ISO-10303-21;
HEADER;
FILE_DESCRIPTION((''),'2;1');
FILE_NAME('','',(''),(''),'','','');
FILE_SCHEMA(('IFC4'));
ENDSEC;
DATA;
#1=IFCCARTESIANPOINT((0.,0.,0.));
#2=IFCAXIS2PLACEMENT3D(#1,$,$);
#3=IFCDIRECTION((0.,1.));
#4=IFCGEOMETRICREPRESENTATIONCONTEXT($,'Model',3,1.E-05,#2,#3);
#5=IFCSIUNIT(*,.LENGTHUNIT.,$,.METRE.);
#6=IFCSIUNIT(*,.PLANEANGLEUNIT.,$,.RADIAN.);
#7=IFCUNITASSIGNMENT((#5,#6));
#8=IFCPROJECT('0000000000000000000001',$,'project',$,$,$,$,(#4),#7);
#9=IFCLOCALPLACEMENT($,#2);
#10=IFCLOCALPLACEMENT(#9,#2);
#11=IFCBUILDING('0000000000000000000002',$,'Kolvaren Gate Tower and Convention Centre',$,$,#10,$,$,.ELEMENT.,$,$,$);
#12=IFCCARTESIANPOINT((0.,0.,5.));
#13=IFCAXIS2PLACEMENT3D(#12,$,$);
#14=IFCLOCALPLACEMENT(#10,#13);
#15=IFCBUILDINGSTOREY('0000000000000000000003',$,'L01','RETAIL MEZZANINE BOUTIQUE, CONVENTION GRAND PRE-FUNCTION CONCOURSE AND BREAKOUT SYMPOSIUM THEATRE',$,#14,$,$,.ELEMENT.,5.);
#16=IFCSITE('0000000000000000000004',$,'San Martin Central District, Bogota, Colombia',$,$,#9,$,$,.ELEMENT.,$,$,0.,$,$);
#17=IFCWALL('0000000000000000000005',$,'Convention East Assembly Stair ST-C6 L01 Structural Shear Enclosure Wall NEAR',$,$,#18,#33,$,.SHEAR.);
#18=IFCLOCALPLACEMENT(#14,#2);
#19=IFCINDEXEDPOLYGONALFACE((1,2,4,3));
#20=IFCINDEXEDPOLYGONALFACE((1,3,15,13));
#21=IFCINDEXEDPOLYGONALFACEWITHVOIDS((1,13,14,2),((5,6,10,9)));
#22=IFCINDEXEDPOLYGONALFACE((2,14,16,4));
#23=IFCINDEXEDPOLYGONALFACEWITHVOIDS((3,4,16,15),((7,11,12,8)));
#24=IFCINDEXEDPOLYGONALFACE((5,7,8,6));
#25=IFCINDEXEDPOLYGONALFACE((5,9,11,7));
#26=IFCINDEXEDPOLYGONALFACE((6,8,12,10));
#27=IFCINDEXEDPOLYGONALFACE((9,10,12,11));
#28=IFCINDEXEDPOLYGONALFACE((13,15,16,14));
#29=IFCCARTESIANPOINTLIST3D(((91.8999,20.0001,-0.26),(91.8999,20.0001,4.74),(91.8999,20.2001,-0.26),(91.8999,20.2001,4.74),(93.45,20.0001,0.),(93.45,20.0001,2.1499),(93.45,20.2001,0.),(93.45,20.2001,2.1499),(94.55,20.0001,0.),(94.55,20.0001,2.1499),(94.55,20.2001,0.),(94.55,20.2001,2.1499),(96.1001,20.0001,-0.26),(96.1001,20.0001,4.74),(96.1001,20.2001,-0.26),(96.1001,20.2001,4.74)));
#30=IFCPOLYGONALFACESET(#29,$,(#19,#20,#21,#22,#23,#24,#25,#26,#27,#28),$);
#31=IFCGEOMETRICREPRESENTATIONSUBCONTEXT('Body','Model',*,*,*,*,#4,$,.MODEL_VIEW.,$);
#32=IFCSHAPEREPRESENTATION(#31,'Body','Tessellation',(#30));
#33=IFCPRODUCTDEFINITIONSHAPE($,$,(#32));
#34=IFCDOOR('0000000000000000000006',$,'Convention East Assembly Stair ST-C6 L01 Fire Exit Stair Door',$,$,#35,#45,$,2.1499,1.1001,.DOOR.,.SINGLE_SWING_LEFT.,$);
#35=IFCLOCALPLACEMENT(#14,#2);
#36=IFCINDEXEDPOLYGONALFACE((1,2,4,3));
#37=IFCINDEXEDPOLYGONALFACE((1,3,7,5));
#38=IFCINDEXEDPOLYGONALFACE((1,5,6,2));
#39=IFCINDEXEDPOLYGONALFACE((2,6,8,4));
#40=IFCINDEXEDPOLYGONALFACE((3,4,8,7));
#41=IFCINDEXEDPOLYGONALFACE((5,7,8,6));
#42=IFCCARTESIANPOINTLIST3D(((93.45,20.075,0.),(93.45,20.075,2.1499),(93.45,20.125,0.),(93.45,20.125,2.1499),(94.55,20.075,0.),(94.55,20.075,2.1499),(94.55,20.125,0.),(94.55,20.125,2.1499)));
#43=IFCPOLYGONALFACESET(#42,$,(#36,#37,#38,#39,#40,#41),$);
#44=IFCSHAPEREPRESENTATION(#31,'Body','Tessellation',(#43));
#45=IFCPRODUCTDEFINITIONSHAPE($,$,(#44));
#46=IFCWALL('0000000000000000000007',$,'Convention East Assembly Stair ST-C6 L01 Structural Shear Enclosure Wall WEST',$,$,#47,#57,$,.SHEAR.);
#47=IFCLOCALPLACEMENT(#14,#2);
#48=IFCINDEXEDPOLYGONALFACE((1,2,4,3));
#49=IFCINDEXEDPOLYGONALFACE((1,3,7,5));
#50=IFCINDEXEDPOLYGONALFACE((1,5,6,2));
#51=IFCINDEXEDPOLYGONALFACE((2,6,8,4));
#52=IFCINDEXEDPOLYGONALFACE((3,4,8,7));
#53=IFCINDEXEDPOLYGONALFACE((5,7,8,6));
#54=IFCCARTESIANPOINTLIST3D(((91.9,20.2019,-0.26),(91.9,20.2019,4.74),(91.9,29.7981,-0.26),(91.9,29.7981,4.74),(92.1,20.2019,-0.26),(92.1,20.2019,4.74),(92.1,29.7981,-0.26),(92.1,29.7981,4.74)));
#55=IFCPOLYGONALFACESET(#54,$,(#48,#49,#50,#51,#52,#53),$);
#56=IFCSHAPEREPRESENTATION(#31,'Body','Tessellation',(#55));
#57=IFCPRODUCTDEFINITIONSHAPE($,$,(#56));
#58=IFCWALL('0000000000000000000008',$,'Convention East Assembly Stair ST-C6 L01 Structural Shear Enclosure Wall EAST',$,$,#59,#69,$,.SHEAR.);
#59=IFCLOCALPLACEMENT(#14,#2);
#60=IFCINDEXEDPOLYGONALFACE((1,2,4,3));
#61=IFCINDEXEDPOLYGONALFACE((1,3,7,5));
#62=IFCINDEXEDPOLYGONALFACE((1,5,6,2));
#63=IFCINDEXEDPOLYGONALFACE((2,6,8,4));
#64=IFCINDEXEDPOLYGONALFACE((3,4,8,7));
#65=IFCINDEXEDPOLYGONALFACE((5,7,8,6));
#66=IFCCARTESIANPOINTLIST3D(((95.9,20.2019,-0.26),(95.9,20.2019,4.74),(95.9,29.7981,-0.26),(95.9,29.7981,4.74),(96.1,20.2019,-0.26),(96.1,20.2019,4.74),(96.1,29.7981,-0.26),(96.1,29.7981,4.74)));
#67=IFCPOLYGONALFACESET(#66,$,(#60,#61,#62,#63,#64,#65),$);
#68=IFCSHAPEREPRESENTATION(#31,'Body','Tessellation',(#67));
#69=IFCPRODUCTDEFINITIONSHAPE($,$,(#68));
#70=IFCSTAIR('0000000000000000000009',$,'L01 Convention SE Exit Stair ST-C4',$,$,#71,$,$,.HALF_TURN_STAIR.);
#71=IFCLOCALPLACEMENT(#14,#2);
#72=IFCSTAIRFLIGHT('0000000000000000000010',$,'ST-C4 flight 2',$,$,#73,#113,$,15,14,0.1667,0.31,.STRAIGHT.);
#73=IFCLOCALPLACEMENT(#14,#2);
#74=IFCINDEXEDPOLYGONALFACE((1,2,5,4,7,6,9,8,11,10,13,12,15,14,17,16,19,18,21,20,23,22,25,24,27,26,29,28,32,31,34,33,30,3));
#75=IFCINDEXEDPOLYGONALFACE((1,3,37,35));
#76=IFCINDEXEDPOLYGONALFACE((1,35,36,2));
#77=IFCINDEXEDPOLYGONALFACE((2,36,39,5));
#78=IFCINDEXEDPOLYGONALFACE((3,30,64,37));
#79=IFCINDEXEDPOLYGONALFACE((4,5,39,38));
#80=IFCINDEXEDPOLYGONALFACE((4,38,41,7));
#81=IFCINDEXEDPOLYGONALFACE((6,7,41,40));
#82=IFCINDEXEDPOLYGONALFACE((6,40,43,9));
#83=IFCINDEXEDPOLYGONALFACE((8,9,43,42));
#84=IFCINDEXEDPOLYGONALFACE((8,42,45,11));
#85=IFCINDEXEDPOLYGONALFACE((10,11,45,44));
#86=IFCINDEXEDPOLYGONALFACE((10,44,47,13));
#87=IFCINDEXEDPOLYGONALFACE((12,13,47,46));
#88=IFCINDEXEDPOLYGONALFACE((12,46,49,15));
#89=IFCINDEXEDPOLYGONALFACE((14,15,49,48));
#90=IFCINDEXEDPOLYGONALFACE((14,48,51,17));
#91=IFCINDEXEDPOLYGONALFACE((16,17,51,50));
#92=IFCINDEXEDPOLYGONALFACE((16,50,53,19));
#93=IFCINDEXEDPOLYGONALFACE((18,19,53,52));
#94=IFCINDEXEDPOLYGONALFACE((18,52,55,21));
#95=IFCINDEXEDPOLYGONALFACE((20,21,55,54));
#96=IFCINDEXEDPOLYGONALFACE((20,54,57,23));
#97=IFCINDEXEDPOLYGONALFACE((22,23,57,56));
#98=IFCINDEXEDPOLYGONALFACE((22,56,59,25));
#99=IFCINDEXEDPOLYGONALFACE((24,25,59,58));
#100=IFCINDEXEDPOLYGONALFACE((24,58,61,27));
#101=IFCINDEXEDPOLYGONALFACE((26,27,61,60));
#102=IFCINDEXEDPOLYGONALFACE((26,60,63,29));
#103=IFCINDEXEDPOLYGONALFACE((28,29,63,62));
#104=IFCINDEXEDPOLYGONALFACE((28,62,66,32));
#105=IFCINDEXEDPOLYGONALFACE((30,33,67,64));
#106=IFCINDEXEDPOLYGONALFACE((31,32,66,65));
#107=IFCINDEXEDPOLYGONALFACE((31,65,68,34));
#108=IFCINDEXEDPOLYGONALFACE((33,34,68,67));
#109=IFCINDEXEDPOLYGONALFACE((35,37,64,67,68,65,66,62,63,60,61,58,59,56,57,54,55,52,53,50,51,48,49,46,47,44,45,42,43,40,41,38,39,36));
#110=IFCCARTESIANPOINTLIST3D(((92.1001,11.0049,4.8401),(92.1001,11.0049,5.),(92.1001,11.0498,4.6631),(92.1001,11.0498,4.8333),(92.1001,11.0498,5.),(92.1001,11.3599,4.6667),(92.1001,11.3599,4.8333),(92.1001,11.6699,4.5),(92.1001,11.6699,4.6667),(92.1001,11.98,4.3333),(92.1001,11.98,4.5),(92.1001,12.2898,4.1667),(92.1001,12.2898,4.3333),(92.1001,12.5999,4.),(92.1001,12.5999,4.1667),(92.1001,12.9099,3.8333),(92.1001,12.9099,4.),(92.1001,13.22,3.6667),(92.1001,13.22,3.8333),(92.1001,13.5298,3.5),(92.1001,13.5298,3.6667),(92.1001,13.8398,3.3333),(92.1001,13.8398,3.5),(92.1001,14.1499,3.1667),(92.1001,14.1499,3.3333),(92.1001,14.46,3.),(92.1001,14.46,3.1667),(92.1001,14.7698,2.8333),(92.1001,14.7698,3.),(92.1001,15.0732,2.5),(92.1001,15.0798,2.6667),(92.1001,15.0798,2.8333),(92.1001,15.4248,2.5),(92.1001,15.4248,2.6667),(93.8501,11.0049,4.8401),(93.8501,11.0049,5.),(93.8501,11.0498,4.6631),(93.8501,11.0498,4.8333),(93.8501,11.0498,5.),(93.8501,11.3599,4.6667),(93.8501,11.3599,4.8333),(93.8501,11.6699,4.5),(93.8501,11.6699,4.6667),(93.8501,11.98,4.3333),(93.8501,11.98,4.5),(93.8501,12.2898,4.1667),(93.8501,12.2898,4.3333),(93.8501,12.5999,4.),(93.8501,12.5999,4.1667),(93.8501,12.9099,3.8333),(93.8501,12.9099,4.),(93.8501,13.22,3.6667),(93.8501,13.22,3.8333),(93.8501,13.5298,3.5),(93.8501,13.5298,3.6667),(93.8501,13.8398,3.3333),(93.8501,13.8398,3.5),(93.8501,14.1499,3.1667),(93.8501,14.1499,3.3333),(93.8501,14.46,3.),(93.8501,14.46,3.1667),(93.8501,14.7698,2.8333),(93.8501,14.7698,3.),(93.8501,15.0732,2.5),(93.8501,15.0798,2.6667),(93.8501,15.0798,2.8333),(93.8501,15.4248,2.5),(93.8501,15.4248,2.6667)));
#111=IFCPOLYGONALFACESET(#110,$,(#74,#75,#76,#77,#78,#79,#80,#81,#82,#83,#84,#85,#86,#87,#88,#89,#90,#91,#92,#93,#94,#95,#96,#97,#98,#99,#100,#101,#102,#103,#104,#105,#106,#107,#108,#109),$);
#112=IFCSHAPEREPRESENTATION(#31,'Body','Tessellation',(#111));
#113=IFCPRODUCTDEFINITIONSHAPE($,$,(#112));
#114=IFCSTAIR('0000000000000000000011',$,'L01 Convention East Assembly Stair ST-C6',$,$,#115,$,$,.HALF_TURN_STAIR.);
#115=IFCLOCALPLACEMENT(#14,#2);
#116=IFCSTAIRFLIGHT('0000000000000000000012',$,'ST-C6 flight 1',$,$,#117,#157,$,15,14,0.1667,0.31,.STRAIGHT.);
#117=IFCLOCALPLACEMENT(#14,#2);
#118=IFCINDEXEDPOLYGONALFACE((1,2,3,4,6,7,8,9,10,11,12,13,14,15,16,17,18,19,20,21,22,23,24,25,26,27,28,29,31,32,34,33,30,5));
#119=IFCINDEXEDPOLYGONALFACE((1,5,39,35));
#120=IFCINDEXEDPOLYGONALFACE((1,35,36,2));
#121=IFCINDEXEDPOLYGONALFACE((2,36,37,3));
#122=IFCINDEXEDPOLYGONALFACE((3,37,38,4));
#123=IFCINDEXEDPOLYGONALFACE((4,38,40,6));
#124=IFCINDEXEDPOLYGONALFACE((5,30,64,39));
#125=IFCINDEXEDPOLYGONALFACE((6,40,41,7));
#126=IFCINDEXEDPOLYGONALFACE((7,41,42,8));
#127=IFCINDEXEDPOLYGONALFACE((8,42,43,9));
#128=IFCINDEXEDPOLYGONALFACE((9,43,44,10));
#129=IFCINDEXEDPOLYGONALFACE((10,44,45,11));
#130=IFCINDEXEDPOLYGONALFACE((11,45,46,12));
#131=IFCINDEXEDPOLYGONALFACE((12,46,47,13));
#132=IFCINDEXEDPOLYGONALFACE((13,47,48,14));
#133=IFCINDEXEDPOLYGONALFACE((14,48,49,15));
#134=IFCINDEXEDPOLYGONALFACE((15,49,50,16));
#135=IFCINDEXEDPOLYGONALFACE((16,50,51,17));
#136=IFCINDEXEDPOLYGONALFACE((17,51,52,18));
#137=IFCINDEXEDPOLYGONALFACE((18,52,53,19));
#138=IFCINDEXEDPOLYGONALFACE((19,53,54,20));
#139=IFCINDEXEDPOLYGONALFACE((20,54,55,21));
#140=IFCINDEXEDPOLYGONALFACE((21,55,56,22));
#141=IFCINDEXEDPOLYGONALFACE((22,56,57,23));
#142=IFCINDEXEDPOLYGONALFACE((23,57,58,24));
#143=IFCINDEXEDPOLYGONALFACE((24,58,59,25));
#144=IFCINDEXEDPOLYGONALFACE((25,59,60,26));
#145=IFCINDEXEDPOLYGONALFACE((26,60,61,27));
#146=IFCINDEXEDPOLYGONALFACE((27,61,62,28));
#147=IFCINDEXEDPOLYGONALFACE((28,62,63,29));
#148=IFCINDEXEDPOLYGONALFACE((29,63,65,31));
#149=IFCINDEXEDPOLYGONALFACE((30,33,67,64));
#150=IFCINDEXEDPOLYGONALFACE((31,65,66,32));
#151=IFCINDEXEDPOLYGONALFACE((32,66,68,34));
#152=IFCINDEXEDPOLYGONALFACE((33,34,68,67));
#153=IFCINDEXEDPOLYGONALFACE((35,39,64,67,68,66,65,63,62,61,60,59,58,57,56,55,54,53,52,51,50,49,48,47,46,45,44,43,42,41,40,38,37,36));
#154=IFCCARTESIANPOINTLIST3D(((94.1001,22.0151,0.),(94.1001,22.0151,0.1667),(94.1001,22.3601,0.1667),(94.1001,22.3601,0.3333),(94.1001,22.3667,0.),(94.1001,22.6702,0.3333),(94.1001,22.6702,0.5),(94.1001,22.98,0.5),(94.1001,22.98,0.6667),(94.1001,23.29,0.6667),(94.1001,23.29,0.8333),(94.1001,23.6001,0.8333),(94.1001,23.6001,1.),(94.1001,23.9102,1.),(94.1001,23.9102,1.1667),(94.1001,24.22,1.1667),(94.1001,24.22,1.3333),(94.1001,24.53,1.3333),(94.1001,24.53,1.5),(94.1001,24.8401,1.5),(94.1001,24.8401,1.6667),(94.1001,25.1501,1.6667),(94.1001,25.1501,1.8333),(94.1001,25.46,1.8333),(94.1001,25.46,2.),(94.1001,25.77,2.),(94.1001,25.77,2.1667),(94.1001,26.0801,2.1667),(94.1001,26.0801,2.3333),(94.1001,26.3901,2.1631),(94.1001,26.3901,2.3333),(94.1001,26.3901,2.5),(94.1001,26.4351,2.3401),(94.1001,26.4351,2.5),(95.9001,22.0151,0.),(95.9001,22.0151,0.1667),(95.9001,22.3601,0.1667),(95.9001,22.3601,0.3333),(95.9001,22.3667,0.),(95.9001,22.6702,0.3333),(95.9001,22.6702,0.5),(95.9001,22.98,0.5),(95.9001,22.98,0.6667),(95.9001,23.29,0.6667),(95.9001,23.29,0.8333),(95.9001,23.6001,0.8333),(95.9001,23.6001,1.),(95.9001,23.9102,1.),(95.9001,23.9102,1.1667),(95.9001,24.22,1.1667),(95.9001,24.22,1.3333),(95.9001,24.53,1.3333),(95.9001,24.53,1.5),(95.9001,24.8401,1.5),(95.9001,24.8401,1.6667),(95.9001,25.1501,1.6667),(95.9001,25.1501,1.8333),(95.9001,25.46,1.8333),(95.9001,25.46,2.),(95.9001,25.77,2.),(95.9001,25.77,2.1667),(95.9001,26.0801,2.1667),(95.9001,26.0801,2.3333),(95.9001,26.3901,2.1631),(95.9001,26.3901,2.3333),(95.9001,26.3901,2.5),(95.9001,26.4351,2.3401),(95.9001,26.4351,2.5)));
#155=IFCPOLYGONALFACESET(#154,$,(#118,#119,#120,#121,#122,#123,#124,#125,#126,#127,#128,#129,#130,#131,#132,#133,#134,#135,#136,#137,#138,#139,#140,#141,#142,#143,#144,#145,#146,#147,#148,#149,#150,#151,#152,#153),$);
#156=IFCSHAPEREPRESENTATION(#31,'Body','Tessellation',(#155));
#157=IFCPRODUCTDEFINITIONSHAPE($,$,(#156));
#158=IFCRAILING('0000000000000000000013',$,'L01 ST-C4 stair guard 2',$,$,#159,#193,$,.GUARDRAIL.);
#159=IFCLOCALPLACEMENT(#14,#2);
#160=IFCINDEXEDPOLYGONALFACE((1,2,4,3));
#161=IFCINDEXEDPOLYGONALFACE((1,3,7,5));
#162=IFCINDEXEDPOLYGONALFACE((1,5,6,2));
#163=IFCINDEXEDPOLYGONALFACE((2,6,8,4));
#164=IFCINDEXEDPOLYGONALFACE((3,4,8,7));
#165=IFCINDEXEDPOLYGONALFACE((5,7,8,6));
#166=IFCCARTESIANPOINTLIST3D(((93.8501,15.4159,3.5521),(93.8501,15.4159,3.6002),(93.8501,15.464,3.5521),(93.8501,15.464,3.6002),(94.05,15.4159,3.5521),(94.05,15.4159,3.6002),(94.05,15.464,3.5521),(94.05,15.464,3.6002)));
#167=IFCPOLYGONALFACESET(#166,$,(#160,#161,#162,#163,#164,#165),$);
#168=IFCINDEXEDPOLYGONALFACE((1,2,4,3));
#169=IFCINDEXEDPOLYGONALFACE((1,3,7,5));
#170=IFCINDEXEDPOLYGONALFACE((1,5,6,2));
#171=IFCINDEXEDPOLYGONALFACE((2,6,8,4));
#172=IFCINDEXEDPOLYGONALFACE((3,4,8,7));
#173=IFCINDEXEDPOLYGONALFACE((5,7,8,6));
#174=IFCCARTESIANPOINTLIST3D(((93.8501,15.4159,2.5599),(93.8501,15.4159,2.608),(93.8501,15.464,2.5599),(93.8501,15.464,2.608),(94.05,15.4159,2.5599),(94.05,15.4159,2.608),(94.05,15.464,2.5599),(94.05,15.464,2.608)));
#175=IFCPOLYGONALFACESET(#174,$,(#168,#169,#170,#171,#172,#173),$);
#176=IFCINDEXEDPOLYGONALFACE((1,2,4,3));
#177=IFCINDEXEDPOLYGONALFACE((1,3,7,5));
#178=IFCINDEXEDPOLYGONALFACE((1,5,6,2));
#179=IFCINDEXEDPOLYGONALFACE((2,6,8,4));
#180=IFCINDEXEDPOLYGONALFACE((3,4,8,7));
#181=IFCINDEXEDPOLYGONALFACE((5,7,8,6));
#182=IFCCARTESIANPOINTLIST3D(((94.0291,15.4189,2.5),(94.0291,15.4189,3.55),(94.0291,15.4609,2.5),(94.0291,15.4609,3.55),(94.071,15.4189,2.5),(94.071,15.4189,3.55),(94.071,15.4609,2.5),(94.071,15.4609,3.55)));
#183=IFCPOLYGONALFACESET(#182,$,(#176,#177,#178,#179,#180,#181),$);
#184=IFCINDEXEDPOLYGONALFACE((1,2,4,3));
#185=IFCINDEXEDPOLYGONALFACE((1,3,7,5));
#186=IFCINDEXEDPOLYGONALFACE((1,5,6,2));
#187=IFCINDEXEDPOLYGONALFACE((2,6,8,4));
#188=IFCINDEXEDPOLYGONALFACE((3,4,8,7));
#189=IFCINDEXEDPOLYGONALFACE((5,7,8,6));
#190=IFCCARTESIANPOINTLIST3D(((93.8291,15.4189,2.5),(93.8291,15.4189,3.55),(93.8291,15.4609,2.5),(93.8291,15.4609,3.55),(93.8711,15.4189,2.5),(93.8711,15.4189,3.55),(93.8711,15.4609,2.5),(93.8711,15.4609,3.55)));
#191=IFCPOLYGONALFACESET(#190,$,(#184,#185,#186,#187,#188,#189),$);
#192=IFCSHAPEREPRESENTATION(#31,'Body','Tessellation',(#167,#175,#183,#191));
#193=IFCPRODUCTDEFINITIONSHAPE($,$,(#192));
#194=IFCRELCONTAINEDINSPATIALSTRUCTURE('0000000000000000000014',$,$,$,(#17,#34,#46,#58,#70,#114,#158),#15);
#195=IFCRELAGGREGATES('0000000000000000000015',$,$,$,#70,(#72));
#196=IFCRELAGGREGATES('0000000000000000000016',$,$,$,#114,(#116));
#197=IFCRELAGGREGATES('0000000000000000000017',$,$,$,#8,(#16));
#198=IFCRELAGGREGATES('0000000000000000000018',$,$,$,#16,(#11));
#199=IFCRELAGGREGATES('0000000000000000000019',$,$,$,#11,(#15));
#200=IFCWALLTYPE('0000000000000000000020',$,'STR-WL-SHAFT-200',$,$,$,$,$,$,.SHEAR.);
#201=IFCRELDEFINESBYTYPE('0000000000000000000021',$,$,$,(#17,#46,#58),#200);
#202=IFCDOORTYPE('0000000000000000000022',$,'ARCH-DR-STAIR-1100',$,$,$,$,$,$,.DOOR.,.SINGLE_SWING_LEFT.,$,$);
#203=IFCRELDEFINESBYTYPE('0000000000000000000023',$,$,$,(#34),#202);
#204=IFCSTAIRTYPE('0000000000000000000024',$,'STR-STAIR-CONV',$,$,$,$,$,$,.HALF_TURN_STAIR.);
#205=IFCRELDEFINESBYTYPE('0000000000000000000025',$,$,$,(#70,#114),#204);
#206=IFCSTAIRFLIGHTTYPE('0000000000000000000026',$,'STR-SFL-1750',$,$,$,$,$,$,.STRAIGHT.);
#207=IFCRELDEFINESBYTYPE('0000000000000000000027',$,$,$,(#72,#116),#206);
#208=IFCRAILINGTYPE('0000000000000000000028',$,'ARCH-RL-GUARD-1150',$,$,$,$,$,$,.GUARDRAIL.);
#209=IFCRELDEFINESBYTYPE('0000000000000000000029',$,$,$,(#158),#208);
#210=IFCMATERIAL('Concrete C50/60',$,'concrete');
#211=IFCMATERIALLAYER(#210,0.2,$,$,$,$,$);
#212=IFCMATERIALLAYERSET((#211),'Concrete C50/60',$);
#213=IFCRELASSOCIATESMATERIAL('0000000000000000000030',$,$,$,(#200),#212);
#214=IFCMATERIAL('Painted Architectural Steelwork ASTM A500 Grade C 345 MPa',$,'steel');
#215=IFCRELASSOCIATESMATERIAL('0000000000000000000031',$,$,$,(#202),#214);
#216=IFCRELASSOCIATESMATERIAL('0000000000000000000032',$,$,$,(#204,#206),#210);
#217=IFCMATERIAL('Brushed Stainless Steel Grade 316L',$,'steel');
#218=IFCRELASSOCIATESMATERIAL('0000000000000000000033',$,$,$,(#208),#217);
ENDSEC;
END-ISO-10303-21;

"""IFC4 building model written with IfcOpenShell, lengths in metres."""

from ifc_helpers import new_model, si_unit, direction, frame, frame_2d, origin, origin_2d, place, context, subcontext, project, spatial, polyline, rectangle, outline, extrude, material, layer, layer_set, type_object, element, fill, aggregate, save


model = new_model("IFC4")

# Units and contexts
model_context = context("Model", 3, precision=1e-05, world=origin(), true_north=direction((0.0, 1.0)))
body_context = subcontext(model_context, "Body", "Model", "MODEL_VIEW")
ifc_project = project(units=[si_unit("LENGTHUNIT", "METRE"), si_unit("PLANEANGLEUNIT", "RADIAN")], contexts=[model_context])

# Site, building, storey
site_placement = place(None, origin())
site = spatial("IfcSite", under=ifc_project, at=site_placement, Name="San Martin Central District, Bogota, Colombia", CompositionType="ELEMENT", RefElevation=0.0)
building_placement = place(site_placement, origin())
building = spatial("IfcBuilding", under=site, at=building_placement, Name="Kolvaren Gate Tower and Convention Centre", CompositionType="ELEMENT")
storey_placement = place(building_placement, frame((0.0, 0.0, 5.0)))
storey = spatial("IfcBuildingStorey", under=building, at=storey_placement, Name="L01", Description="RETAIL MEZZANINE BOUTIQUE, CONVENTION GRAND PRE-FUNCTION CONCOURSE AND BREAKOUT SYMPOSIUM THEATRE", CompositionType="ELEMENT", Elevation=5.0)

# Shared definitions
ifc_material_1 = material(Name="Concrete C50/60", Category="concrete")
ifc_layer_1 = layer(ifc_material_1, 0.2)
ifc_layer_set_1 = layer_set([ifc_layer_1], Name="Concrete C50/60")
wall_type_1 = type_object("IfcWallType", Name="STR-WL-SHAFT-200", PredefinedType="SHEAR", material=ifc_layer_set_1)

# Wall, opening, door
wall_1_placement = place(storey_placement, frame((91.8999, 20.1001, -0.26), z_axis=(0.0, 0.0, 1.0), x_axis=(1.0, 0.0, 0.0)))
wall_1 = element("IfcWall", 1, at=wall_1_placement, inside=storey, type_object=wall_type_1, Name="Convention East Assembly Stair ST-C6 L01 Structural Shear Enclosure Wall NEAR", PredefinedType="SHEAR", context=body_context, shape_type="SweptSolid", body=[
    extrude(rectangle(XDim=4.2002, YDim=0.2, at=frame_2d((2.1001, 0.0))), origin(), (0.0, 0.0, 1.0), 5.0),
])
opening_placement = place(wall_1_placement, frame((1.55, 0.0, 0.26)))
opening = element("IfcOpeningElement", 2, at=opening_placement, cuts=wall_1, PredefinedType="OPENING", context=body_context, shape_type="SweptSolid", body=[
    extrude(rectangle(XDim=1.1001, YDim=2.1499, at=frame_2d((0.55, 1.075))), frame((0.0, 0.1099, 0.0), z_axis=(0.0, -1.0, 0.0), x_axis=(1.0, 0.0, 0.0)), (0.0, 0.0, 1.0), 0.22),
])
ifc_material_2 = material(Name="Painted Architectural Steelwork ASTM A500 Grade C 345 MPa", Category="steel")
door_type = type_object("IfcDoorType", Name="ARCH-DR-STAIR-1100", OperationType="SINGLE_SWING_LEFT", PredefinedType="DOOR", material=ifc_material_2)
door_placement = place(opening_placement, origin())
door = element("IfcDoor", 3, at=door_placement, inside=storey, type_object=door_type, Name="Convention East Assembly Stair ST-C6 L01 Fire Exit Stair Door", OperationType="SINGLE_SWING_LEFT", OverallHeight=2.1499, OverallWidth=1.1001, PredefinedType="DOOR", context=body_context, shape_type="SweptSolid", body=[
    extrude(rectangle(XDim=1.1001, YDim=2.1499, at=frame_2d((0.55, 1.075))), frame((0.0, 0.0249, 0.0), z_axis=(0.0, -1.0, 0.0), x_axis=(1.0, 0.0, 0.0)), (0.0, 0.0, 1.0), 0.05),
])
fill(opening, door)

# Walls
for number, where, z_axis, x_axis, name in (
    (4, (92.0, 20.2019, -0.26), (0.0, 0.0, 1.0), (0.0, 1.0, 0.0), "Convention East Assembly Stair ST-C6 L01 Structural Shear Enclosure Wall WEST"),
    (5, (96.0, 20.2019, -0.26), (0.0, 0.0, 1.0), (0.0, 1.0, 0.0), "Convention East Assembly Stair ST-C6 L01 Structural Shear Enclosure Wall EAST"),
):
    element("IfcWall", number, at=place(storey_placement, frame(where, z_axis=z_axis, x_axis=x_axis)), inside=storey, type_object=wall_type_1, Name=name, PredefinedType="SHEAR", context=body_context, shape_type="SweptSolid", body=[
        extrude(rectangle(XDim=9.5962, YDim=0.2, at=frame_2d((4.7981, 0.0))), origin(), (0.0, 0.0, 1.0), 5.0),
    ])

# Stairs, stair flights
stair_type = type_object("IfcStairType", Name="STR-STAIR-CONV", PredefinedType="HALF_TURN_STAIR", material=ifc_material_1)
stair_1_placement = place(storey_placement, origin())
stair_1 = element("IfcStair", 6, at=stair_1_placement, inside=storey, type_object=stair_type, Name="L01 Convention SE Exit Stair ST-C4", PredefinedType="HALF_TURN_STAIR")
stair_flight_type = type_object("IfcStairFlightType", Name="STR-SFL-1750", PredefinedType="STRAIGHT", material=ifc_material_1)
stair_flight_1_placement = place(storey_placement, frame((92.9751, 15.3899, 2.5), z_axis=(0.0, 0.0, 1.0), x_axis=(0.0, -1.0, 0.0)))
stair_flight_1 = element("IfcStairFlight", 7, at=stair_flight_1_placement, type_object=stair_flight_type, Name="ST-C4 flight 2", NumberOfRisers=15, NumberOfTreads=14, PredefinedType="STRAIGHT", RiserHeight=0.1667, TreadLength=0.31, context=body_context, shape_type="SweptSolid", body=[
    extrude(outline(polyline([(-0.0349, 0.0), (-0.0349, 0.1667), (0.3101, 0.1667), (0.3101, 0.3333), (0.6201, 0.3333), (0.6201, 0.5), (0.9299, 0.5), (0.9299, 0.6667), (1.24, 0.6667), (1.24, 0.8333), (1.55, 0.8333), (1.55, 1.0), (1.8601, 1.0), (1.8601, 1.1667), (2.1699, 1.1667), (2.1699, 1.3333), (2.48, 1.3333), (2.48, 1.5), (2.79, 1.5), (2.79, 1.6667), (3.1001, 1.6667), (3.1001, 1.8333), (3.4099, 1.8333), (3.4099, 2.0), (3.72, 2.0), (3.72, 2.1667), (4.03, 2.1667), (4.03, 2.3333), (4.3401, 2.3333), (4.3401, 2.5), (4.385, 2.5), (4.385, 2.3401), (4.3401, 2.1631), (0.3167, 0.0), (-0.0349, 0.0)])), frame((0.0, 0.875, 0.0), z_axis=(0.0, -1.0, 0.0), x_axis=(1.0, 0.0, 0.0)), (0.0, 0.0, 1.0), 1.75),
])
aggregate(stair_1, [stair_flight_1])
stair_2_placement = place(storey_placement, origin())
stair_2 = element("IfcStair", 8, at=stair_2_placement, inside=storey, type_object=stair_type, Name="L01 Convention East Assembly Stair ST-C6", PredefinedType="HALF_TURN_STAIR")
stair_flight_2_placement = place(storey_placement, frame((95.0, 22.05, 0.0), z_axis=(0.0, 0.0, 1.0), x_axis=(0.0, 1.0, 0.0)))
stair_flight_2 = element("IfcStairFlight", 9, at=stair_flight_2_placement, type_object=stair_flight_type, Name="ST-C6 flight 1", NumberOfRisers=15, NumberOfTreads=14, PredefinedType="STRAIGHT", RiserHeight=0.1667, TreadLength=0.31, context=body_context, shape_type="SweptSolid", body=[
    extrude(outline(polyline([(-0.0349, 0.0), (-0.0349, 0.1667), (0.3101, 0.1667), (0.3101, 0.3333), (0.6201, 0.3333), (0.6201, 0.5), (0.9299, 0.5), (0.9299, 0.6667), (1.24, 0.6667), (1.24, 0.8333), (1.55, 0.8333), (1.55, 1.0), (1.8601, 1.0), (1.8601, 1.1667), (2.1699, 1.1667), (2.1699, 1.3333), (2.48, 1.3333), (2.48, 1.5), (2.79, 1.5), (2.79, 1.6667), (3.1001, 1.6667), (3.1001, 1.8333), (3.4099, 1.8333), (3.4099, 2.0), (3.72, 2.0), (3.72, 2.1667), (4.03, 2.1667), (4.03, 2.3333), (4.3401, 2.3333), (4.3401, 2.5), (4.385, 2.5), (4.385, 2.3401), (4.3401, 2.1631), (0.3167, 0.0), (-0.0349, 0.0)])), frame((0.0, 0.8999, 0.0), z_axis=(0.0, -1.0, 0.0), x_axis=(1.0, 0.0, 0.0)), (0.0, 0.0, 1.0), 1.8),
])
aggregate(stair_2, [stair_flight_2])

# Railing
ifc_material_3 = material(Name="Brushed Stainless Steel Grade 316L", Category="steel")
railing_type_1 = type_object("IfcRailingType", Name="ARCH-RL-GUARD-1150", PredefinedType="GUARDRAIL", material=ifc_material_3)
railing_1_placement = place(storey_placement, frame((94.05, 15.4399, 2.5)))
element("IfcRailing", 10, at=railing_1_placement, inside=storey, type_object=railing_type_1, Name="L01 ST-C4 stair guard 2", PredefinedType="GUARDRAIL", context=body_context, shape_type="SweptSolid", body=[
    extrude(rectangle(XDim=0.0481, YDim=0.0481, at=origin_2d()), frame((0.0, 0.0, 1.0762), z_axis=(-1.0, 0.0, 0.0), x_axis=(0.0, -1.0, 0.0)), (0.0, 0.0, 1.0), 0.2),
    extrude(rectangle(XDim=0.0481, YDim=0.0481, at=origin_2d()), frame((0.0, 0.0, 0.084), z_axis=(-1.0, 0.0, 0.0), x_axis=(0.0, -1.0, 0.0)), (0.0, 0.0, 1.0), 0.2),
    extrude(rectangle(XDim=0.042, YDim=0.042, at=origin_2d()), origin(), (0.0, 0.0, 1.0), 1.05),
    extrude(rectangle(XDim=0.042, YDim=0.042, at=origin_2d()), frame((-0.2, 0.0, 0.0)), (0.0, 0.0, 1.0), 1.05),
])

save(model, "model.ifc")
